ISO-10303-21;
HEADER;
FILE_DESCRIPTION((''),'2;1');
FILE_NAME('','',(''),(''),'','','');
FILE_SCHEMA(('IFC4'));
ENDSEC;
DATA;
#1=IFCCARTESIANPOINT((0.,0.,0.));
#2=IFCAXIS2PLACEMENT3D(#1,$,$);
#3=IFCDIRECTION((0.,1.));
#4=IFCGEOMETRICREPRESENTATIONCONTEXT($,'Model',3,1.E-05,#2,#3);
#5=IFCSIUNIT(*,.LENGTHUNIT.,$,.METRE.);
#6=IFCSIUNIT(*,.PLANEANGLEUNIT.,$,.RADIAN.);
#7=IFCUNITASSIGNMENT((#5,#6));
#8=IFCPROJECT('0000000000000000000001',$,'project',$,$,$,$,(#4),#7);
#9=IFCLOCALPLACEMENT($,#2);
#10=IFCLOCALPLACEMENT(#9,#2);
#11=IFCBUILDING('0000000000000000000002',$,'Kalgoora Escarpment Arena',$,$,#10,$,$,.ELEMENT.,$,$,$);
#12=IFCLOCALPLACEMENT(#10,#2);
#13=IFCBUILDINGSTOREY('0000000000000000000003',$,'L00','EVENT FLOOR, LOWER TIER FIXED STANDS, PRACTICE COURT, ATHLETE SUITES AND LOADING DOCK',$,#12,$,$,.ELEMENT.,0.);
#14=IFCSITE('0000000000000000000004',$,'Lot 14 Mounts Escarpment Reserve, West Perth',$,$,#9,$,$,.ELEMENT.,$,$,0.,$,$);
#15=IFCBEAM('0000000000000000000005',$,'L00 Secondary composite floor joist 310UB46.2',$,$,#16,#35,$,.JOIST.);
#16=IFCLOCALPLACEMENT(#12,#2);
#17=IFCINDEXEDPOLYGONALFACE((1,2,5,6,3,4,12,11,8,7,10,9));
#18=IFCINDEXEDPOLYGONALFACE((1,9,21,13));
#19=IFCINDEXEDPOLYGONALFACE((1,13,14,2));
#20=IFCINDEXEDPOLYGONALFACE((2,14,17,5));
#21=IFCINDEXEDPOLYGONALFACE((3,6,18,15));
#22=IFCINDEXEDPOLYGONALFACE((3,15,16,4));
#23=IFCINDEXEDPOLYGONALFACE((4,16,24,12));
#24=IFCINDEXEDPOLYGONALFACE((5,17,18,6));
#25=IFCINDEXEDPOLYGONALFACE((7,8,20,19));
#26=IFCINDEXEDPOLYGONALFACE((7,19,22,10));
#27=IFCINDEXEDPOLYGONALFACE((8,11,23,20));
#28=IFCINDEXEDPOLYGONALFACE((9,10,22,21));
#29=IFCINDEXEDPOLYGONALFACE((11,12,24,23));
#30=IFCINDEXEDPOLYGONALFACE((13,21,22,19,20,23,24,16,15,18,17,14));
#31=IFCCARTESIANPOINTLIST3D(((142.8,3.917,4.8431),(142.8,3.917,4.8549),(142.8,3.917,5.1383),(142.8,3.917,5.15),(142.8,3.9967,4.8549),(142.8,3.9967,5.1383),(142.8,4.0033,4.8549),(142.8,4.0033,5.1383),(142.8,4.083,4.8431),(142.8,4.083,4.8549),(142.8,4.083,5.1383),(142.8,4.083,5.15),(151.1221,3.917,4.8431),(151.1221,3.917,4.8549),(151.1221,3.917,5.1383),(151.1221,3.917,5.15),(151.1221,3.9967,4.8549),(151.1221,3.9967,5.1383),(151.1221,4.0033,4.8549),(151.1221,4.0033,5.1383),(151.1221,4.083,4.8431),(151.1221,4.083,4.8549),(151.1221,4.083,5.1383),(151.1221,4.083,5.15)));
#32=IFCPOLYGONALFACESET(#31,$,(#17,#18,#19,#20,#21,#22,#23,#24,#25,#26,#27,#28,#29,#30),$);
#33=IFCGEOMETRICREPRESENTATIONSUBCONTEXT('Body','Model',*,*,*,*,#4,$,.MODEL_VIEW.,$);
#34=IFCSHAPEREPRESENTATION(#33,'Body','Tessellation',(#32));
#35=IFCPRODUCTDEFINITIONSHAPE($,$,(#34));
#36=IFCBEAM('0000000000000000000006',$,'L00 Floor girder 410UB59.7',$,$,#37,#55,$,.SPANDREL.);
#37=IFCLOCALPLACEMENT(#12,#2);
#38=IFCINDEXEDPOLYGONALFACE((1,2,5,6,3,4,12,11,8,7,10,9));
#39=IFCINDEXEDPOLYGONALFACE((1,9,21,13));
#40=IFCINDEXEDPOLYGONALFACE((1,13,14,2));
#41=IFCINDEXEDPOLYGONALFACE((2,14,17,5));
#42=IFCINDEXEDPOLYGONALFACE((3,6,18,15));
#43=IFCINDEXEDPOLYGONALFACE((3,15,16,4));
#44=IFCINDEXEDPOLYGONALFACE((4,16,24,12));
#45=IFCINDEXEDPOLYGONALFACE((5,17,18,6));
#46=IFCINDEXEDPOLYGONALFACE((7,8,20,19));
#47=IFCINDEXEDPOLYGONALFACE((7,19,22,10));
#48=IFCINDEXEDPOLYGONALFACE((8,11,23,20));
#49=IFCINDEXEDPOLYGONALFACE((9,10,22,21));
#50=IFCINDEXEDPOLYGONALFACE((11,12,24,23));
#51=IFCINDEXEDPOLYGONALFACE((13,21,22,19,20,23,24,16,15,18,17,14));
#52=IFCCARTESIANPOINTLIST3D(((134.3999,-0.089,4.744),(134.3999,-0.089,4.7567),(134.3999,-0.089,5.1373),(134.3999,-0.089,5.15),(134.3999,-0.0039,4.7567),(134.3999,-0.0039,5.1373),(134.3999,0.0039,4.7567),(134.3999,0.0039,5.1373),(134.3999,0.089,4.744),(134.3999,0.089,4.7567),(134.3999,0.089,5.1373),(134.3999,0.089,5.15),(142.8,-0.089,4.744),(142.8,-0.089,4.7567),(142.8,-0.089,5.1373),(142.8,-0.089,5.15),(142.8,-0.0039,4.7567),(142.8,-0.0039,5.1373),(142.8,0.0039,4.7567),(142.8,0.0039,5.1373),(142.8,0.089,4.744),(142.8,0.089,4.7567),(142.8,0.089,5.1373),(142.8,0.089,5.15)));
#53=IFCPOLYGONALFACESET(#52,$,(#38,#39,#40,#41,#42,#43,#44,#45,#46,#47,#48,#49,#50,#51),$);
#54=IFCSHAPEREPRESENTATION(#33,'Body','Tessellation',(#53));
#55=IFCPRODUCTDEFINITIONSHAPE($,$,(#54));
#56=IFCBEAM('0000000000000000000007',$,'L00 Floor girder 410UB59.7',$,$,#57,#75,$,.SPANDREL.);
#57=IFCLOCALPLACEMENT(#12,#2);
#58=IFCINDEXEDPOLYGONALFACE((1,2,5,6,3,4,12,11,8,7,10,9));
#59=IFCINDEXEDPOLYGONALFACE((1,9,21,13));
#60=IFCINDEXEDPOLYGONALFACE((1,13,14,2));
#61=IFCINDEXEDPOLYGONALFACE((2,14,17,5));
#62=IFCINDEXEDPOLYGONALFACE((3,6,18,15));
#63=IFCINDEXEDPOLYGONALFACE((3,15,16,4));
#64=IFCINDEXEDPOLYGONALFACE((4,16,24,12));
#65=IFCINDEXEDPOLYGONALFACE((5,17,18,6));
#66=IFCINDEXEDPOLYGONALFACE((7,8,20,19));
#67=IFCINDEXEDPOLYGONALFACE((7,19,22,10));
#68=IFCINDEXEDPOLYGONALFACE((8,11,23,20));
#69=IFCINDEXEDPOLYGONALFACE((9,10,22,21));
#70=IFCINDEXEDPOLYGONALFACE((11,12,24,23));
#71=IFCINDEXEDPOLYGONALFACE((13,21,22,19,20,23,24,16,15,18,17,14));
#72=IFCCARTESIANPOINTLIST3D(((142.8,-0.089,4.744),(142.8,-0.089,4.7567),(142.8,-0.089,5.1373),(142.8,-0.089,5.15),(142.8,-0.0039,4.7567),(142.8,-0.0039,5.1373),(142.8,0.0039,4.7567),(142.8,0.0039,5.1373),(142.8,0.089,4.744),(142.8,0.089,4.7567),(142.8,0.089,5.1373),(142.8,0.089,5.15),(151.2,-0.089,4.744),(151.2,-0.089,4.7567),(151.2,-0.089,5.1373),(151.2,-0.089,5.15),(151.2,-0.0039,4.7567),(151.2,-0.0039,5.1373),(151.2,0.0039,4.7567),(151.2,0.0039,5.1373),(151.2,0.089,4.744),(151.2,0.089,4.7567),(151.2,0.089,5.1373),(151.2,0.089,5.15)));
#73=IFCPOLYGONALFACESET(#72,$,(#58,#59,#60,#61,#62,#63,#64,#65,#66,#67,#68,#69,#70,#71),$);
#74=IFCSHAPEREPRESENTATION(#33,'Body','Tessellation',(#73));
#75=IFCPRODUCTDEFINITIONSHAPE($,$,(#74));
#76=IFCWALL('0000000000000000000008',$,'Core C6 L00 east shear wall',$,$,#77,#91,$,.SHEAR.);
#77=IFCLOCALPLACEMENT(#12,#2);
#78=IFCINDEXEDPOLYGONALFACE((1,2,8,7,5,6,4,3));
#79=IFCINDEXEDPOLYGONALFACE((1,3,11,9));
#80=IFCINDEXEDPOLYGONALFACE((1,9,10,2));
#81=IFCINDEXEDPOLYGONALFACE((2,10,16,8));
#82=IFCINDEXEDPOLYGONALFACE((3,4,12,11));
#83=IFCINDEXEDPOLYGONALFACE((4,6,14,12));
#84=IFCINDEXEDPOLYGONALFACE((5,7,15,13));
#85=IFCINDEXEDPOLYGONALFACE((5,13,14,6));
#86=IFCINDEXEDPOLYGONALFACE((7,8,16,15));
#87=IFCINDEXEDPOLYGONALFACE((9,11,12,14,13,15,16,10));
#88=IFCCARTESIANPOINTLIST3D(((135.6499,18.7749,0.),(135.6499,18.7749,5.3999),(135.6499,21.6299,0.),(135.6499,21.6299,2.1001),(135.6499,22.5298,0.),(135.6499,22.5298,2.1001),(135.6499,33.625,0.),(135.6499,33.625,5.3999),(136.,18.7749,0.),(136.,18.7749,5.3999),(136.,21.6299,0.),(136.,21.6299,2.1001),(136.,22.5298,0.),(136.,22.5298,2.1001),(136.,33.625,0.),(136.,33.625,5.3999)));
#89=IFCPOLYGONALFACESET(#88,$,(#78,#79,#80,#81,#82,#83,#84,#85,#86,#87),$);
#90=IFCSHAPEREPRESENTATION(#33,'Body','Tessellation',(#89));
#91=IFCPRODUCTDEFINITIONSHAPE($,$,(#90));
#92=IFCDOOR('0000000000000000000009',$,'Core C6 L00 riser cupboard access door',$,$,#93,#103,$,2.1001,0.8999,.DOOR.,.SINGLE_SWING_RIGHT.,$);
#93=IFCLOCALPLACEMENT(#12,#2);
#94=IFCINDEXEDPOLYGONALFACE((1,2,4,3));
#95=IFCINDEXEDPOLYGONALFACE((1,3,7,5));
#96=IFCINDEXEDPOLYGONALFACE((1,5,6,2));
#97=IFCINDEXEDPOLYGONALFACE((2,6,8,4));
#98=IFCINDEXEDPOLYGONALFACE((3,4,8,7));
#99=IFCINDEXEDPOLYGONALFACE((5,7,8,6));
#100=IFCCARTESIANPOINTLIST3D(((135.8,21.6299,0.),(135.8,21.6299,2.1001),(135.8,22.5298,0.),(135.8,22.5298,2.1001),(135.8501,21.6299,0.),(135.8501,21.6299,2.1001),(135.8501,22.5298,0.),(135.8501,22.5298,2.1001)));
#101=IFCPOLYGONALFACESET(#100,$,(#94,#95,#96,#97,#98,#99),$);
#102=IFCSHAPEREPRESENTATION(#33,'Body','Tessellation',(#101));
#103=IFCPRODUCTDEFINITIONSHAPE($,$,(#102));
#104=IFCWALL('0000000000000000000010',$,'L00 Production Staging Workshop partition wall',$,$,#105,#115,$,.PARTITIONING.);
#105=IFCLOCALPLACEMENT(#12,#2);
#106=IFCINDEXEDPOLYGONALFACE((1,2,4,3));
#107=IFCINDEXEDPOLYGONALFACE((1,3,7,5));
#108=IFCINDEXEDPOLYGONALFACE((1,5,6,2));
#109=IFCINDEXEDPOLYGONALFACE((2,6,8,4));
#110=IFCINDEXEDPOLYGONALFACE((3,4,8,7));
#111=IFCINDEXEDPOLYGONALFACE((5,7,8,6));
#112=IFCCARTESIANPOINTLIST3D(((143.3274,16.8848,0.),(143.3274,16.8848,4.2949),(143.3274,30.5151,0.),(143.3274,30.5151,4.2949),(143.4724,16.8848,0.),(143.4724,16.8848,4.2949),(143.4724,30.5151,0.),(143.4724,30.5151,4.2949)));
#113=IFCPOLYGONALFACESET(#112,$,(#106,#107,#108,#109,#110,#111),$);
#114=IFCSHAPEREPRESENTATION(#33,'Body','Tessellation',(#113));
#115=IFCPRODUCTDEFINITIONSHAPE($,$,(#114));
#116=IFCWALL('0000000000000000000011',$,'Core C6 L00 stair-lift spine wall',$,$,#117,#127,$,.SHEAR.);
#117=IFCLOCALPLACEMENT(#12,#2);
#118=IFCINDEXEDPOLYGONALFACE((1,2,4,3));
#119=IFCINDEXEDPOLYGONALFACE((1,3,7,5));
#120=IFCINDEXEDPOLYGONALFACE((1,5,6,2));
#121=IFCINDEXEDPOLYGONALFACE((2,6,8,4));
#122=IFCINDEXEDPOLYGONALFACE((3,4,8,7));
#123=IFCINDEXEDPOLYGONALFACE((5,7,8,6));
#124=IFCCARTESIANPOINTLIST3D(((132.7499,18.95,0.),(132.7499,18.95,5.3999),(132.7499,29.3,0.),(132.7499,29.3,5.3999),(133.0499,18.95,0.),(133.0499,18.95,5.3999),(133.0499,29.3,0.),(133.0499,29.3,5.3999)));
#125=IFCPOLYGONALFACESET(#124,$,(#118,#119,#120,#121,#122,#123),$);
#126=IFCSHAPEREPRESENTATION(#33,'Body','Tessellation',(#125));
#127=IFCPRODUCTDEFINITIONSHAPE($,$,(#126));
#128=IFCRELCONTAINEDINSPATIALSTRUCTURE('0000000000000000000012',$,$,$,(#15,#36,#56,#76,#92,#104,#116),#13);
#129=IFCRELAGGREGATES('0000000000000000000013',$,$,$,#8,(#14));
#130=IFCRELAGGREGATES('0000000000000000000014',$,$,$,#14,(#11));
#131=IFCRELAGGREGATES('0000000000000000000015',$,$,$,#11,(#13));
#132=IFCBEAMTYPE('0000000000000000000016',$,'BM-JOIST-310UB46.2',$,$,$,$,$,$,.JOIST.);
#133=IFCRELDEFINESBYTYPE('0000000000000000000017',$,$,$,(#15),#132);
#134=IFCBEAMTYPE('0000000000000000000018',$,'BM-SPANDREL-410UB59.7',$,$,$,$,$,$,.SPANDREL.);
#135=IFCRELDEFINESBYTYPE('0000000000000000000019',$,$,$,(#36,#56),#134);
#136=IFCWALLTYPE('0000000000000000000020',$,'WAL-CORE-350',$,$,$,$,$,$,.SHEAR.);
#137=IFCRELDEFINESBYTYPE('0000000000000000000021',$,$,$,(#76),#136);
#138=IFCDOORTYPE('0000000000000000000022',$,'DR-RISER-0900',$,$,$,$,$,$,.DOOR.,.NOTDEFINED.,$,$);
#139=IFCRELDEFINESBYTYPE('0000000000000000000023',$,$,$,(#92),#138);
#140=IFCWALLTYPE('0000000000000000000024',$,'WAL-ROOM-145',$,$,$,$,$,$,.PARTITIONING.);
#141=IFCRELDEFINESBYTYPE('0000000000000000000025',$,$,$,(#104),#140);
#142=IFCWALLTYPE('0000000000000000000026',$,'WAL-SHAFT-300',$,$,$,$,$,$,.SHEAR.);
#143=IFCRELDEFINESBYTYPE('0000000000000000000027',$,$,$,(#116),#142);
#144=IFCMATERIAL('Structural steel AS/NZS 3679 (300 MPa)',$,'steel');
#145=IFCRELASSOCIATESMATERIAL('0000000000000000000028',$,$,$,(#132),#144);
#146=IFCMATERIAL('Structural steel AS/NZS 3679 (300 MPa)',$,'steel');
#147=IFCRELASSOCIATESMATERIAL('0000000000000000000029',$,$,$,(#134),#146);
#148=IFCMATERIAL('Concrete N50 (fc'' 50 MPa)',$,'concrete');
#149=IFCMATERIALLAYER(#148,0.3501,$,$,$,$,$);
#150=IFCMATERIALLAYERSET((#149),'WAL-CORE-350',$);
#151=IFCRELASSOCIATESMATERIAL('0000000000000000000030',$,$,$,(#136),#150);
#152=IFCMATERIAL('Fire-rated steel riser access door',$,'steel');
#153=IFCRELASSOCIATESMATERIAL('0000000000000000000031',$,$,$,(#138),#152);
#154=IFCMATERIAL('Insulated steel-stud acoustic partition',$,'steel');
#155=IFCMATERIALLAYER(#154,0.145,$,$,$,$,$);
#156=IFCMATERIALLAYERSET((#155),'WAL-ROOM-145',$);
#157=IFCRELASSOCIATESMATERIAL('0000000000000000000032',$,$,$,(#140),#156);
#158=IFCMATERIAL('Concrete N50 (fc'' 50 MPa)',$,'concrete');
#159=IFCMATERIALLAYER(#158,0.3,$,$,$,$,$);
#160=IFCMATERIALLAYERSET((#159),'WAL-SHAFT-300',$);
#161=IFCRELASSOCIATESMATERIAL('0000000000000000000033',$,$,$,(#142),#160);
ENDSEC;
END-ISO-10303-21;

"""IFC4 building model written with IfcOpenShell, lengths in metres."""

from ifc_helpers import new_model, si_unit, direction, frame, frame_2d, origin, origin_2d, place, context, subcontext, project, spatial, rectangle, i_section, extrude, material, layer, layer_set, material_profile, profile_set, type_object, element, fill, save


model = new_model("IFC4")

# Units and contexts
model_context = context("Model", 3, precision=1e-05, world=origin(), true_north=direction((0.0, 1.0)))
body_context = subcontext(model_context, "Body", "Model", "MODEL_VIEW")
ifc_project = project(units=[si_unit("LENGTHUNIT", "METRE"), si_unit("PLANEANGLEUNIT", "RADIAN")], contexts=[model_context])

# Site, building, storey
site_placement = place(None, origin())
site = spatial("IfcSite", under=ifc_project, at=site_placement, Name="Lot 14 Mounts Escarpment Reserve, West Perth", CompositionType="ELEMENT", RefElevation=0.0)
building_placement = place(site_placement, origin())
building = spatial("IfcBuilding", under=site, at=building_placement, Name="Kalgoora Escarpment Arena", CompositionType="ELEMENT")
storey_placement = place(building_placement, origin())
storey = spatial("IfcBuildingStorey", under=building, at=storey_placement, Name="L00", Description="EVENT FLOOR, LOWER TIER FIXED STANDS, PRACTICE COURT, ATHLETE SUITES AND LOADING DOCK", CompositionType="ELEMENT", Elevation=0.0)

# Beams
ifc_material_1 = material(Name="Structural steel AS/NZS 3679 (300 MPa)", Category="steel")
ifc_material_profile_1 = material_profile(ifc_material_1, i_section(OverallWidth=0.166, OverallDepth=0.3069, WebThickness=0.0066, FlangeThickness=0.0117, at=origin_2d()))
ifc_profile_set_1 = profile_set([ifc_material_profile_1], Name="Structural steel AS/NZS 3679 (300 MPa)")
beam_type_1 = type_object("IfcBeamType", Name="BM-JOIST-310UB46.2", PredefinedType="JOIST", material=ifc_profile_set_1)
beam_1_placement = place(storey_placement, frame((142.8, 4.0, 4.9966), z_axis=(1.0, 0.0, 0.0), x_axis=(0.0, 1.0, 0.0)))
element("IfcBeam", 1, at=beam_1_placement, inside=storey, type_object=beam_type_1, Name="L00 Secondary composite floor joist 310UB46.2", PredefinedType="JOIST", context=body_context, shape_type="SweptSolid", body=[
    extrude(i_section(OverallWidth=0.166, OverallDepth=0.3069, WebThickness=0.0066, FlangeThickness=0.0117, at=origin_2d()), origin(), (0.0, 0.0, 1.0), 8.322),
])
ifc_material_2 = material(Name="Structural steel AS/NZS 3679 (300 MPa)", Category="steel")
ifc_material_profile_2 = material_profile(ifc_material_2, i_section(OverallWidth=0.178, OverallDepth=0.406, WebThickness=0.0078, FlangeThickness=0.0127, at=origin_2d()))
ifc_profile_set_2 = profile_set([ifc_material_profile_2], Name="Structural steel AS/NZS 3679 (300 MPa)")
beam_type_2 = type_object("IfcBeamType", Name="BM-SPANDREL-410UB59.7", PredefinedType="SPANDREL", material=ifc_profile_set_2)
beam_2_placement = place(storey_placement, frame((134.3999, 0.0, 4.947), z_axis=(1.0, 0.0, 0.0), x_axis=(0.0, 1.0, 0.0)))
element("IfcBeam", 2, at=beam_2_placement, inside=storey, type_object=beam_type_2, Name="L00 Floor girder 410UB59.7", PredefinedType="SPANDREL", context=body_context, shape_type="SweptSolid", body=[
    extrude(i_section(OverallWidth=0.178, OverallDepth=0.406, WebThickness=0.0078, FlangeThickness=0.0127, at=origin_2d()), origin(), (0.0, 0.0, 1.0), 8.4001),
])
beam_3_placement = place(storey_placement, frame((142.8, 0.0, 4.947), z_axis=(1.0, 0.0, 0.0), x_axis=(0.0, 1.0, 0.0)))
element("IfcBeam", 3, at=beam_3_placement, inside=storey, type_object=beam_type_2, Name="L00 Floor girder 410UB59.7", PredefinedType="SPANDREL", context=body_context, shape_type="SweptSolid", body=[
    extrude(i_section(OverallWidth=0.178, OverallDepth=0.406, WebThickness=0.0078, FlangeThickness=0.0127, at=origin_2d()), origin(), (0.0, 0.0, 1.0), 8.3999),
])

# Wall, opening, door
ifc_material_3 = material(Name="Concrete N50 (fc' 50 MPa)", Category="concrete")
ifc_layer_1 = layer(ifc_material_3, 0.3501)
ifc_layer_set_1 = layer_set([ifc_layer_1], Name="WAL-CORE-350")
wall_type_1 = type_object("IfcWallType", Name="WAL-CORE-350", PredefinedType="SHEAR", material=ifc_layer_set_1)
wall_1_placement = place(storey_placement, frame((135.825, 18.7749, 0.0), z_axis=(0.0, 0.0, 1.0), x_axis=(0.0, 1.0, 0.0)))
wall_1 = element("IfcWall", 4, at=wall_1_placement, inside=storey, type_object=wall_type_1, Name="Core C6 L00 east shear wall", PredefinedType="SHEAR", context=body_context, shape_type="SweptSolid", body=[
    extrude(rectangle(XDim=14.8501, YDim=0.3501, at=frame_2d((7.425, 0.0))), origin(), (0.0, 0.0, 1.0), 5.3999),
])
opening_placement = place(wall_1_placement, frame((2.855, 0.0, 0.0)))
opening = element("IfcOpeningElement", 5, at=opening_placement, cuts=wall_1, PredefinedType="OPENING", context=body_context, shape_type="SweptSolid", body=[
    extrude(rectangle(XDim=0.8999, YDim=2.1001, at=frame_2d((0.45, 1.05))), frame((0.0, 0.1851, 0.0), z_axis=(0.0, -1.0, 0.0), x_axis=(1.0, 0.0, 0.0)), (0.0, 0.0, 1.0), 0.3701),
])
ifc_material_4 = material(Name="Fire-rated steel riser access door", Category="steel")
door_type = type_object("IfcDoorType", Name="DR-RISER-0900", OperationType="NOTDEFINED", PredefinedType="DOOR", material=ifc_material_4)
door_placement = place(opening_placement, origin())
door = element("IfcDoor", 6, at=door_placement, inside=storey, type_object=door_type, Name="Core C6 L00 riser cupboard access door", OperationType="SINGLE_SWING_RIGHT", OverallHeight=2.1001, OverallWidth=0.8999, PredefinedType="DOOR", context=body_context, shape_type="SweptSolid", body=[
    extrude(rectangle(XDim=0.8999, YDim=2.1001, at=frame_2d((0.45, 1.05))), frame((0.0, 0.0249, 0.0), z_axis=(0.0, -1.0, 0.0), x_axis=(1.0, 0.0, 0.0)), (0.0, 0.0, 1.0), 0.05),
])
fill(opening, door)

# Walls
ifc_material_5 = material(Name="Insulated steel-stud acoustic partition", Category="steel")
ifc_layer_2 = layer(ifc_material_5, 0.145)
ifc_layer_set_2 = layer_set([ifc_layer_2], Name="WAL-ROOM-145")
wall_type_2 = type_object("IfcWallType", Name="WAL-ROOM-145", PredefinedType="PARTITIONING", material=ifc_layer_set_2)
wall_2_placement = place(storey_placement, frame((143.3999, 16.8848, 0.0), z_axis=(0.0, 0.0, 1.0), x_axis=(0.0, 1.0, 0.0)))
element("IfcWall", 7, at=wall_2_placement, inside=storey, type_object=wall_type_2, Name="L00 Production Staging Workshop partition wall", PredefinedType="PARTITIONING", context=body_context, shape_type="SweptSolid", body=[
    extrude(rectangle(XDim=13.6304, YDim=0.145, at=frame_2d((6.8152, 0.0))), origin(), (0.0, 0.0, 1.0), 4.2949),
])
ifc_material_6 = material(Name="Concrete N50 (fc' 50 MPa)", Category="concrete")
ifc_layer_3 = layer(ifc_material_6, 0.3)
ifc_layer_set_3 = layer_set([ifc_layer_3], Name="WAL-SHAFT-300")
wall_type_3 = type_object("IfcWallType", Name="WAL-SHAFT-300", PredefinedType="SHEAR", material=ifc_layer_set_3)
wall_3_placement = place(storey_placement, frame((132.8999, 18.95, 0.0), z_axis=(0.0, 0.0, 1.0), x_axis=(0.0, 1.0, 0.0)))
element("IfcWall", 8, at=wall_3_placement, inside=storey, type_object=wall_type_3, Name="Core C6 L00 stair-lift spine wall", PredefinedType="SHEAR", context=body_context, shape_type="SweptSolid", body=[
    extrude(rectangle(XDim=10.3501, YDim=0.3, at=frame_2d((5.175, 0.0))), origin(), (0.0, 0.0, 1.0), 5.3999),
])

save(model, "model.ifc")
